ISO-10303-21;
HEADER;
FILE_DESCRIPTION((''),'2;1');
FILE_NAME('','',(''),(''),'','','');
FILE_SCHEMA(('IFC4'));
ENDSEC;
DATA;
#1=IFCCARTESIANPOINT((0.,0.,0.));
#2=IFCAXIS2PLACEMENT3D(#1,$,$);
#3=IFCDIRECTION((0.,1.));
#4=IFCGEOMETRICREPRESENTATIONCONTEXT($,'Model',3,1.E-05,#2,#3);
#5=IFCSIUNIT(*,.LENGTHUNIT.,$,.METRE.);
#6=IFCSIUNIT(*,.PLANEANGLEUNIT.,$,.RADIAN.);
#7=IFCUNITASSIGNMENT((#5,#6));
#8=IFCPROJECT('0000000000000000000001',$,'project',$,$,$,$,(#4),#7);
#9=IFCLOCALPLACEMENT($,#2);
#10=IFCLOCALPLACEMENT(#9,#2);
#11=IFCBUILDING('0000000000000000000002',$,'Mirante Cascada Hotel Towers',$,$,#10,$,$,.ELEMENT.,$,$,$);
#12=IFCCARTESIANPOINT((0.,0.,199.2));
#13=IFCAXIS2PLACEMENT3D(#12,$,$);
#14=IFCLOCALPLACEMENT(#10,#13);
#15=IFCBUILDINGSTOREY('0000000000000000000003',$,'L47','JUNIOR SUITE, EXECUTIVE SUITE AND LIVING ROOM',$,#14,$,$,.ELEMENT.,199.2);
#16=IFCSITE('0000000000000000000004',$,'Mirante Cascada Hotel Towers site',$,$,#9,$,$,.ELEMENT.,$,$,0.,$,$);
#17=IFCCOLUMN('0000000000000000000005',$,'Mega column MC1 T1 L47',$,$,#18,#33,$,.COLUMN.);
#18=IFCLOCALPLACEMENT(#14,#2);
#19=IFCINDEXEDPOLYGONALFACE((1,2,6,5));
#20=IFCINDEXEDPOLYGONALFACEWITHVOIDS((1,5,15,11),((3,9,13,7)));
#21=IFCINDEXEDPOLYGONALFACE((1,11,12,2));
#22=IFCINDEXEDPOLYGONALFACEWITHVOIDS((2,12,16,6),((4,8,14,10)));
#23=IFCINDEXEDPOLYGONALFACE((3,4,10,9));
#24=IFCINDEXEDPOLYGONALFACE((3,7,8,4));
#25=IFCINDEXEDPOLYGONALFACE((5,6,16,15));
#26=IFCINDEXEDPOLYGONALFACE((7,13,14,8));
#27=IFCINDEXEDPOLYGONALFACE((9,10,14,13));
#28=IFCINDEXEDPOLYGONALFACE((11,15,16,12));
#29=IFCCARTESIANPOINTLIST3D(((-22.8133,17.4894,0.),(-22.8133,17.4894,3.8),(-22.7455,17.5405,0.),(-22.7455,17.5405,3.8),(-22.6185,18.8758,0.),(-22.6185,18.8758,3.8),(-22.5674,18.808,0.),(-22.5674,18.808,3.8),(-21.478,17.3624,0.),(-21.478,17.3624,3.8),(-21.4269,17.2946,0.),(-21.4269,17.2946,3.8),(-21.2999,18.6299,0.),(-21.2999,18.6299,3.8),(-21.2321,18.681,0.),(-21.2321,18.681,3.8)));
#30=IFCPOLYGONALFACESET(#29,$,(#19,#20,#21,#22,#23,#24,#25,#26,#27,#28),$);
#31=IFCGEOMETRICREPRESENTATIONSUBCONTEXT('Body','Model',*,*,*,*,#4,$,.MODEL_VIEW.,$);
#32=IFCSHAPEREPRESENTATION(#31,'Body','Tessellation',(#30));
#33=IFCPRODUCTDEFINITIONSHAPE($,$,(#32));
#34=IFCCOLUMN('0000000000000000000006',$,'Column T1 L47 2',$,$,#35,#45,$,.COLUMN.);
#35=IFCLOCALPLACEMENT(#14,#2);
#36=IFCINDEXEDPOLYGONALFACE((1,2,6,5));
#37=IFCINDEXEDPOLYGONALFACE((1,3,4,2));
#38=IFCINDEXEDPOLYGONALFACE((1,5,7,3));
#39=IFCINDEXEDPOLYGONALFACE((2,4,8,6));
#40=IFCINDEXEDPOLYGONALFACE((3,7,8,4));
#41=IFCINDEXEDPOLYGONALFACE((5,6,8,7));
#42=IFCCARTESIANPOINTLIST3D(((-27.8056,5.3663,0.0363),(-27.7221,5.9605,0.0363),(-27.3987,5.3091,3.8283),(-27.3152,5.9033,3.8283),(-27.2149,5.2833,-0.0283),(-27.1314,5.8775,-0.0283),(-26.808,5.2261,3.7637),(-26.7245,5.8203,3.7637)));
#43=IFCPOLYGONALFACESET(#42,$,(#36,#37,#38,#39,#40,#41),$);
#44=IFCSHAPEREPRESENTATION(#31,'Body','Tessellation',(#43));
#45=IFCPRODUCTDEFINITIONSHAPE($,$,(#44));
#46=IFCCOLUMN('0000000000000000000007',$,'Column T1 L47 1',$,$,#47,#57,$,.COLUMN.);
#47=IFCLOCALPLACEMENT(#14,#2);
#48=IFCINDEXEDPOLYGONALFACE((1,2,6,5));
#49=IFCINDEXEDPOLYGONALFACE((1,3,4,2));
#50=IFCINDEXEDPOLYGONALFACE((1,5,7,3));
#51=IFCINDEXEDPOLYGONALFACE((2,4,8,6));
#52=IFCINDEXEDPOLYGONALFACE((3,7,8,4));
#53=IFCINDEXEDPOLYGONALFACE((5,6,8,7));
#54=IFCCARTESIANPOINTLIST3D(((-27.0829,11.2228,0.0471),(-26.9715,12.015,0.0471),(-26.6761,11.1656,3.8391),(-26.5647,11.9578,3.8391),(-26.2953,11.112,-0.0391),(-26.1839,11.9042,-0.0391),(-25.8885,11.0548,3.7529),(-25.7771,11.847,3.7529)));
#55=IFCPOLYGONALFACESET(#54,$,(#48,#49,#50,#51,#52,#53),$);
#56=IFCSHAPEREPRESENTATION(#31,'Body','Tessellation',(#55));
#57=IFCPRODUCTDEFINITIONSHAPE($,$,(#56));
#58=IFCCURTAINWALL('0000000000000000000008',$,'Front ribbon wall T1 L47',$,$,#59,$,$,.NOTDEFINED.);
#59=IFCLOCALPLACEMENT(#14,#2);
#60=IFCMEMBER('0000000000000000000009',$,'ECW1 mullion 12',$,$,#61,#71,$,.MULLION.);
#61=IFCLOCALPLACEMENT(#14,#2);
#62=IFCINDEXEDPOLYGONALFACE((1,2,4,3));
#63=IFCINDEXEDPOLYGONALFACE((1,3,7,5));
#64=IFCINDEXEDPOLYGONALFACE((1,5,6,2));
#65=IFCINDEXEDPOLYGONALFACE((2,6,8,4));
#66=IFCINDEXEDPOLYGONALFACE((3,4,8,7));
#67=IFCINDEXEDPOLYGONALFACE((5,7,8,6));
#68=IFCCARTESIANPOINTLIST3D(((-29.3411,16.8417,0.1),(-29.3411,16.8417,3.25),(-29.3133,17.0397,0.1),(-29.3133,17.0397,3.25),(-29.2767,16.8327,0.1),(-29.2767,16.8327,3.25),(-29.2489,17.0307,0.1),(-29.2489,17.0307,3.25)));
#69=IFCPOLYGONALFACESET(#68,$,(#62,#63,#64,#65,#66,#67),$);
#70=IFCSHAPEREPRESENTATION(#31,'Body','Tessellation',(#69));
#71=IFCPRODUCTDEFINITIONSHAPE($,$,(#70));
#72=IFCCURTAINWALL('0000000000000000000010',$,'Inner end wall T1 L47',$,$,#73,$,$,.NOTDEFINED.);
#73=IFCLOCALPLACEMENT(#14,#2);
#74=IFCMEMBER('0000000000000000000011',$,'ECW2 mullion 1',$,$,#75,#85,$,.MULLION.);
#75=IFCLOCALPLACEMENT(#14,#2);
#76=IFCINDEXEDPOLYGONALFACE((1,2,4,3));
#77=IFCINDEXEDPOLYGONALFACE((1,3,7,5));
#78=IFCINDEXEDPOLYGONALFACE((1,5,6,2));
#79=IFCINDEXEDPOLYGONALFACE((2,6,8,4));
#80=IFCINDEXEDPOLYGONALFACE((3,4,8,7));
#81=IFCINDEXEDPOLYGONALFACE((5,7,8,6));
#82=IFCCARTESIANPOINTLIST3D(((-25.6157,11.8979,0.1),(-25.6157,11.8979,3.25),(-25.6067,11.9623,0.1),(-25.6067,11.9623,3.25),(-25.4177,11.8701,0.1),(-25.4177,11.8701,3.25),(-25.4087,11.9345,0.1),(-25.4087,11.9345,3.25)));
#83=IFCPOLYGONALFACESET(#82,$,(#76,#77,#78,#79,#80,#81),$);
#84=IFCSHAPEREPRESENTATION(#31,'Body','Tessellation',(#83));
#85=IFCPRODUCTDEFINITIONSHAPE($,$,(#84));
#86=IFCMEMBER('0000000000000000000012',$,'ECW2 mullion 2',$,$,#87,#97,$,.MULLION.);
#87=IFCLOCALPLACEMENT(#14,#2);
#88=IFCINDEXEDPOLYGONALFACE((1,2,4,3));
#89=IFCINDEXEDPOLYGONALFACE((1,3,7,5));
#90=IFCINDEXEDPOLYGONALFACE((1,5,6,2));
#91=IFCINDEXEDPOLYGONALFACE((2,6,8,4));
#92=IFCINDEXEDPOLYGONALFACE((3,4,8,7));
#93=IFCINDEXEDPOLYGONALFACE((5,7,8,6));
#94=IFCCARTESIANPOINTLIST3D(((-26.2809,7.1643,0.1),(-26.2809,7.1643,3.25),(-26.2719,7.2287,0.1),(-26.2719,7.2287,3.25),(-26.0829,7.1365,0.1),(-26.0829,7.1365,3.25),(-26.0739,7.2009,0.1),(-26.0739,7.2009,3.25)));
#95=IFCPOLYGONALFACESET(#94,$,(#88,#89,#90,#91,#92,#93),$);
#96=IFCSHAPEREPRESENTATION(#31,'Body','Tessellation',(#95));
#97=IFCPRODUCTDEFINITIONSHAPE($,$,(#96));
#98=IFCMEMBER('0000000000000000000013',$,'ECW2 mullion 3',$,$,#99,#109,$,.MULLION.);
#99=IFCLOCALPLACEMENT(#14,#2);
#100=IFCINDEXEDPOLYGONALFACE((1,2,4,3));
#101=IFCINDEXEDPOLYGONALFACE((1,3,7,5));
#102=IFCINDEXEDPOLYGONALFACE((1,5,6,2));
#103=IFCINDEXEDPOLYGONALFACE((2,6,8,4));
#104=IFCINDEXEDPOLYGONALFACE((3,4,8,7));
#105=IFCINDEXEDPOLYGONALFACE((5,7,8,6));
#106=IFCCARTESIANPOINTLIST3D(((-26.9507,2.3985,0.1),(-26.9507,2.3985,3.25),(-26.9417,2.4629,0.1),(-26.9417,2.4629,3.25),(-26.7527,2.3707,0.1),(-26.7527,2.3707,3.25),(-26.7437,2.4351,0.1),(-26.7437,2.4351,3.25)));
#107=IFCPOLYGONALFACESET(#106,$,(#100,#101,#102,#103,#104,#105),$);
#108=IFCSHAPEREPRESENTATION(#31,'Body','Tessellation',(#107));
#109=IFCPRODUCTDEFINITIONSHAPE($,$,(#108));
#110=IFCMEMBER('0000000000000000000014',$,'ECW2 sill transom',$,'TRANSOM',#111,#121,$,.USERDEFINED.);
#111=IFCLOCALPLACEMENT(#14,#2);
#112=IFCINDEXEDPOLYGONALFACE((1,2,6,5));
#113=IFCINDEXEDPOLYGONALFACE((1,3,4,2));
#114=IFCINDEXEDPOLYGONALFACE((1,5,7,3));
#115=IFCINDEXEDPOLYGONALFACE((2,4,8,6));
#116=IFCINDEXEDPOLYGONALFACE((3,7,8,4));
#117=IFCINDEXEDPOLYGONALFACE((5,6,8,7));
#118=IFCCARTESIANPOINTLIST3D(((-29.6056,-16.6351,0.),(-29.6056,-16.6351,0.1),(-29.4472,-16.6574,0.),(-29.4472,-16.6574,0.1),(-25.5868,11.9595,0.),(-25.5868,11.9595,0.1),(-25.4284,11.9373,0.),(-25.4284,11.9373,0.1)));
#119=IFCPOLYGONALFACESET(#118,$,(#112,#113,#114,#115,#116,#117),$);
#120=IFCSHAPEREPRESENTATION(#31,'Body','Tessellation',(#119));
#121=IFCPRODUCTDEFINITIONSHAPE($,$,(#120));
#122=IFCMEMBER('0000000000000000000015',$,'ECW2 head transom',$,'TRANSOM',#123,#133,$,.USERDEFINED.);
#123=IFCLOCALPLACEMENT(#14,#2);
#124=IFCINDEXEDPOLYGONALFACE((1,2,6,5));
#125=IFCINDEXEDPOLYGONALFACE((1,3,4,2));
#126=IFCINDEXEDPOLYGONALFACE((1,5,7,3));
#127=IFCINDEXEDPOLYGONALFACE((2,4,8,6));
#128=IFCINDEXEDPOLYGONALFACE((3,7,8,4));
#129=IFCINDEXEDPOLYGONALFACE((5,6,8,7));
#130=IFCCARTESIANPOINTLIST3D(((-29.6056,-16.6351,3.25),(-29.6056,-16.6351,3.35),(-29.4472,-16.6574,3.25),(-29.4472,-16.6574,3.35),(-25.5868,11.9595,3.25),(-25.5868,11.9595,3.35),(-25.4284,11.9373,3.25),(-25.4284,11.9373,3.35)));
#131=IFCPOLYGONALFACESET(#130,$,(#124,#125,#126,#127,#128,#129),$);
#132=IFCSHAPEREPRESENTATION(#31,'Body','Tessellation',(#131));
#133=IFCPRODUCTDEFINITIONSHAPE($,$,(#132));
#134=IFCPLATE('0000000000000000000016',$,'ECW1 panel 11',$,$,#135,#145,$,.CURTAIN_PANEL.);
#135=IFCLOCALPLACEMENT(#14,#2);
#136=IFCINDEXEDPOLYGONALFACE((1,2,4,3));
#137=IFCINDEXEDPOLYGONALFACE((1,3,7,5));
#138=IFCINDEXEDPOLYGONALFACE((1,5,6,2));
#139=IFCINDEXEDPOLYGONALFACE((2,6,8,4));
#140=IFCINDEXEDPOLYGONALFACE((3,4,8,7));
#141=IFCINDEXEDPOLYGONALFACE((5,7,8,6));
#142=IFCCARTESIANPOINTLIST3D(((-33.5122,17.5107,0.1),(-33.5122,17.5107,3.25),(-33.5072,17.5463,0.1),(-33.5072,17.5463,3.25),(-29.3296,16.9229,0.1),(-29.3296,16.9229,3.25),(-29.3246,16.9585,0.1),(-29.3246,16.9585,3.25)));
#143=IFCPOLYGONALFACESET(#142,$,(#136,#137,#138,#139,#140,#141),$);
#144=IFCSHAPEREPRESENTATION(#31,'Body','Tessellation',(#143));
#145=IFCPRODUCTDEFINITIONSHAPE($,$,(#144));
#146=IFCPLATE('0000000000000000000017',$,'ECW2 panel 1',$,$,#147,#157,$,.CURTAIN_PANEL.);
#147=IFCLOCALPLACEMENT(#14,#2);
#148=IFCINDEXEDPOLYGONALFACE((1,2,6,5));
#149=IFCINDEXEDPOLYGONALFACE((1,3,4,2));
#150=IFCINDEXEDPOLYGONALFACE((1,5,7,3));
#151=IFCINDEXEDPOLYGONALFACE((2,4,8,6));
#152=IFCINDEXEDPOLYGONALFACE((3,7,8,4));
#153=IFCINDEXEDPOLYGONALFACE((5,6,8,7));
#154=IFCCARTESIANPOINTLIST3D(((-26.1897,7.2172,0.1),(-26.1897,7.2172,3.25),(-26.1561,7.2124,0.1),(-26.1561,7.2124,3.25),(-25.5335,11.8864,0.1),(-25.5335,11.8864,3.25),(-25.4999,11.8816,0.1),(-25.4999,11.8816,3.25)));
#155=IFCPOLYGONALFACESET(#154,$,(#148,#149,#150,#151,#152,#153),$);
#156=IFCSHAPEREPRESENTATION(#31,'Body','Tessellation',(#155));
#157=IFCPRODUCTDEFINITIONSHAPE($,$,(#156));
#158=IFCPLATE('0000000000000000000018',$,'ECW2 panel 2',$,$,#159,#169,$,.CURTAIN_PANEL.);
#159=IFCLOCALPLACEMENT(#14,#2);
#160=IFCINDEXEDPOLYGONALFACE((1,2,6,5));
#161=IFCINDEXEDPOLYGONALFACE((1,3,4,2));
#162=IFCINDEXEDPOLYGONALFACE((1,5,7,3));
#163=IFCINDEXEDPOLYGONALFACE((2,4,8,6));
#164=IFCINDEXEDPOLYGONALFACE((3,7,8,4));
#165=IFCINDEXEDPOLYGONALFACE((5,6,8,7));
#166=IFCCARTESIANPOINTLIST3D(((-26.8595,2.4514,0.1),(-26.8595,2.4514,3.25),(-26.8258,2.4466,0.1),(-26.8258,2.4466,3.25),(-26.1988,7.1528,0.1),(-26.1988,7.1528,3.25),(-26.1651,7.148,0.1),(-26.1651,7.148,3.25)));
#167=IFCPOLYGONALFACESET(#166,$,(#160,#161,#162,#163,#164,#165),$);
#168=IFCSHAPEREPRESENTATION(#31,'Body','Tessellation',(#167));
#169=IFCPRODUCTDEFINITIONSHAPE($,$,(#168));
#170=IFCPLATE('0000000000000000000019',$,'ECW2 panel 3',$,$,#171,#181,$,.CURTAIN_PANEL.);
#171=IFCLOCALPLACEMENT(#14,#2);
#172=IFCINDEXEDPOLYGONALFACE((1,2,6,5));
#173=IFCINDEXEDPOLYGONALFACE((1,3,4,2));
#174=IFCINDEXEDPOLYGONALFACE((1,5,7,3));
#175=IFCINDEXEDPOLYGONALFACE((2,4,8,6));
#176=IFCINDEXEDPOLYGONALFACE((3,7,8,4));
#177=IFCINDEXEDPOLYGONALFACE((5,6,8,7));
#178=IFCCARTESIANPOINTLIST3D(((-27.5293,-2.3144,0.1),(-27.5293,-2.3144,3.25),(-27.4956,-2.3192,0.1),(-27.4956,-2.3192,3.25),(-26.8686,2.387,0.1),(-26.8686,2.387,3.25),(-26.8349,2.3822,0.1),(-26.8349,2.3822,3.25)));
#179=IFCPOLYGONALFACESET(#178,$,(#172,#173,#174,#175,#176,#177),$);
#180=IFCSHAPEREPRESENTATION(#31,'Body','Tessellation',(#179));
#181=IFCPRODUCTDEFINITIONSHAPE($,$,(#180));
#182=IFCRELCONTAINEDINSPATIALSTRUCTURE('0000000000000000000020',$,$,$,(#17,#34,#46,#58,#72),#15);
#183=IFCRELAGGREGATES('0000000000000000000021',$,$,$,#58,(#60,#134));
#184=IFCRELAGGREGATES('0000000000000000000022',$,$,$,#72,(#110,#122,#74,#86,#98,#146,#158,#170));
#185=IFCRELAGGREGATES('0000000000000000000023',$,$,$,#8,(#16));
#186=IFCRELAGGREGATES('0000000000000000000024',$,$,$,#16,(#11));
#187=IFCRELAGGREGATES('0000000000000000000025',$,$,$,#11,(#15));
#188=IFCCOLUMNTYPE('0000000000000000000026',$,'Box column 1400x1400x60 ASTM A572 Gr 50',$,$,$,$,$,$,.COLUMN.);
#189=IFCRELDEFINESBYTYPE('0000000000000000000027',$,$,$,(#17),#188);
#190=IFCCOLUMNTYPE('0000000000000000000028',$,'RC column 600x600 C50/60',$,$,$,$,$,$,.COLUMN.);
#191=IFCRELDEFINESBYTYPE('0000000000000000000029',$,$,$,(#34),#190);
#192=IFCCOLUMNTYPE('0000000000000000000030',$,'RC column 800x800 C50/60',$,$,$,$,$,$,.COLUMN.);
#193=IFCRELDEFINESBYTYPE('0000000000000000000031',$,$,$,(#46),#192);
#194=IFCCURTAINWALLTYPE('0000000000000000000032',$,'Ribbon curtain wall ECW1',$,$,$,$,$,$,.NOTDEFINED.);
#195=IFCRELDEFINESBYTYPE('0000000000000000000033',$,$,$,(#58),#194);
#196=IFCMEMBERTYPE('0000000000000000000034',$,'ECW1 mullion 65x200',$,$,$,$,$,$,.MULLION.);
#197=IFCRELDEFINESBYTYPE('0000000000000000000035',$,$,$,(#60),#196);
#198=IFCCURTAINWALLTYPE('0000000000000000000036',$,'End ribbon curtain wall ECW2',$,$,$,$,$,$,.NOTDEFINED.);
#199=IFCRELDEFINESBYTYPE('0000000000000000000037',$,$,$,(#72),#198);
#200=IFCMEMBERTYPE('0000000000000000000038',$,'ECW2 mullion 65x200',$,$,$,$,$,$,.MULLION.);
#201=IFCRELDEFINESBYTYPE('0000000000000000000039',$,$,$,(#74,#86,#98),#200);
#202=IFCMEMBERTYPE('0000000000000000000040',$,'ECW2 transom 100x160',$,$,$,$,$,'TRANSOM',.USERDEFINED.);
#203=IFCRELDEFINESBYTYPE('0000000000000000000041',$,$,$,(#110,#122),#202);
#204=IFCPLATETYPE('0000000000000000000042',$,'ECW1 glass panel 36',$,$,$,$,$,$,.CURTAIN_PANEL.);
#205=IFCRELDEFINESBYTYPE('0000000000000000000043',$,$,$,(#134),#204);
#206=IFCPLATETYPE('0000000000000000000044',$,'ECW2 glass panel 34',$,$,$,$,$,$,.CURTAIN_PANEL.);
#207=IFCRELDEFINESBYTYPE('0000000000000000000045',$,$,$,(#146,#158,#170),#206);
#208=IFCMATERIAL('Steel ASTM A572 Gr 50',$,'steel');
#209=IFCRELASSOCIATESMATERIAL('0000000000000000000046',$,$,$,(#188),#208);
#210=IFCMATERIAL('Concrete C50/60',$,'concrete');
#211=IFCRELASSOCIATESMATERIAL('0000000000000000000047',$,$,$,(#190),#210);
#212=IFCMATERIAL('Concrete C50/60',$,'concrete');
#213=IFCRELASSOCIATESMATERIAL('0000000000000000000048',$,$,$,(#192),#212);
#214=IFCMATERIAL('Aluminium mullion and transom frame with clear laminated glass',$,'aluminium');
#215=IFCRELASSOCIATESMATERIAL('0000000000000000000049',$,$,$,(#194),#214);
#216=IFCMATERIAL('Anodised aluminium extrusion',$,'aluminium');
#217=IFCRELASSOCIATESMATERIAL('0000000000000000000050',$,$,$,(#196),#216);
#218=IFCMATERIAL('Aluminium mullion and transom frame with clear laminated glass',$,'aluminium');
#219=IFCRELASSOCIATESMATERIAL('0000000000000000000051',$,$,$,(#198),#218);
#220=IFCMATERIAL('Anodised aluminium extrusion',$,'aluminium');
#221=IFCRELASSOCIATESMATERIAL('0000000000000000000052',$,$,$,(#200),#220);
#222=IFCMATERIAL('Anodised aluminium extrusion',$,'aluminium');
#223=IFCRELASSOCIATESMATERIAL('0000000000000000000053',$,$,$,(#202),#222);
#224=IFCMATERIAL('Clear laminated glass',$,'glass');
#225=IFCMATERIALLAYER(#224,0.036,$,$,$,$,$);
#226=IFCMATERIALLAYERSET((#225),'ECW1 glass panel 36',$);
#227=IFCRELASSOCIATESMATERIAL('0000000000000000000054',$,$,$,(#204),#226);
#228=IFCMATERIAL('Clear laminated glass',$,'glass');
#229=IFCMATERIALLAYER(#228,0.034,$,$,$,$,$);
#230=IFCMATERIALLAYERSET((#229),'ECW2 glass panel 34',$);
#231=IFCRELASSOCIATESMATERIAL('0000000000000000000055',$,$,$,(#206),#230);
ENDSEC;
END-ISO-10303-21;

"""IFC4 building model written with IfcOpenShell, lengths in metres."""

from ifc_helpers import new_model, si_unit, direction, frame, origin, origin_2d, place, context, subcontext, project, spatial, rectangle, hollow_rectangle, extrude, material, layer, layer_set, material_profile, profile_set, type_object, element, aggregate, save


model = new_model("IFC4")

# Units and contexts
model_context = context("Model", 3, precision=1e-05, world=origin(), true_north=direction((0.0, 1.0)))
body_context = subcontext(model_context, "Body", "Model", "MODEL_VIEW")
ifc_project = project(units=[si_unit("LENGTHUNIT", "METRE"), si_unit("PLANEANGLEUNIT", "RADIAN")], contexts=[model_context])

# Site, building, storey
site_placement = place(None, origin())
site = spatial("IfcSite", under=ifc_project, at=site_placement, Name="Mirante Cascada Hotel Towers site", CompositionType="ELEMENT", RefElevation=0.0)
building_placement = place(site_placement, origin())
building = spatial("IfcBuilding", under=site, at=building_placement, Name="Mirante Cascada Hotel Towers", CompositionType="ELEMENT")
storey_placement = place(building_placement, frame((0.0, 0.0, 199.2)))
storey = spatial("IfcBuildingStorey", under=building, at=storey_placement, Name="L47", Description="JUNIOR SUITE, EXECUTIVE SUITE AND LIVING ROOM", CompositionType="ELEMENT", Elevation=199.2)

# Columns
ifc_material_1 = material(Name="Steel ASTM A572 Gr 50", Category="steel")
ifc_material_profile_1 = material_profile(ifc_material_1, hollow_rectangle(XDim=1.4, YDim=1.4, WallThickness=0.06, at=origin_2d()), Name="Box column 1400x1400x60 ASTM A572 Gr 50")
ifc_profile_set_1 = profile_set([ifc_material_profile_1], Name="Steel ASTM A572 Gr 50")
column_type_1 = type_object("IfcColumnType", Name="Box column 1400x1400x60 ASTM A572 Gr 50", PredefinedType="COLUMN", material=ifc_profile_set_1)
column_1_placement = place(storey_placement, frame((-22.0227, 18.0852, 0.0), z_axis=(0.0, 0.0, 1.0), x_axis=(-0.990268, 0.139173, 0.0)))
element("IfcColumn", 1, at=column_1_placement, inside=storey, type_object=column_type_1, Name="Mega column MC1 T1 L47", PredefinedType="COLUMN", context=body_context, shape_type="SweptSolid", body=[
    extrude(hollow_rectangle(XDim=1.4, YDim=1.4, WallThickness=0.06, at=origin_2d()), origin(), (0.0, 0.0, 1.0), 3.8),
])
ifc_material_2 = material(Name="Concrete C50/60", Category="concrete")
ifc_material_profile_2 = material_profile(ifc_material_2, rectangle(XDim=0.6, YDim=0.6, at=origin_2d()), Name="RC column 600x600 C50/60")
ifc_profile_set_2 = profile_set([ifc_material_profile_2], Name="Concrete C50/60")
column_type_2 = type_object("IfcColumnType", Name="RC column 600x600 C50/60", PredefinedType="COLUMN", material=ifc_profile_set_2)
column_2_placement = place(storey_placement, frame((-27.4685, 5.6219, 0.004), z_axis=(0.10668, -0.014997, 0.99418), x_axis=(0.139206, 0.990263, 0.0)))
element("IfcColumn", 2, at=column_2_placement, inside=storey, type_object=column_type_2, Name="Column T1 L47 2", PredefinedType="COLUMN", context=body_context, shape_type="SweptSolid", body=[
    extrude(rectangle(XDim=0.6, YDim=0.6, at=origin_2d()), origin(), (0.0, 0.0, 1.0), 3.8142),
])
ifc_material_3 = material(Name="Concrete C50/60", Category="concrete")
ifc_material_profile_3 = material_profile(ifc_material_3, rectangle(XDim=0.8, YDim=0.8, at=origin_2d()), Name="RC column 800x800 C50/60")
ifc_profile_set_3 = profile_set([ifc_material_profile_3], Name="Concrete C50/60")
column_type_3 = type_object("IfcColumnType", Name="RC column 800x800 C50/60", PredefinedType="COLUMN", material=ifc_profile_set_3)
column_3_placement = place(storey_placement, frame((-26.6334, 11.5635, 0.004), z_axis=(0.106654, -0.014997, 0.994183), x_axis=(0.13924, 0.990259, 0.0)))
element("IfcColumn", 3, at=column_3_placement, inside=storey, type_object=column_type_3, Name="Column T1 L47 1", PredefinedType="COLUMN", context=body_context, shape_type="SweptSolid", body=[
    extrude(rectangle(XDim=0.8, YDim=0.8, at=origin_2d()), origin(), (0.0, 0.0, 1.0), 3.8142),
])

# Curtain wall, member
ifc_material_4 = material(Name="Aluminium mullion and transom frame with clear laminated glass", Category="aluminium")
curtain_wall_type_1 = type_object("IfcCurtainWallType", Name="Ribbon curtain wall ECW1", PredefinedType="NOTDEFINED", material=ifc_material_4)
curtain_wall_1_placement = place(storey_placement, origin())
curtain_wall_1 = element("IfcCurtainWall", 4, at=curtain_wall_1_placement, inside=storey, type_object=curtain_wall_type_1, Name="Front ribbon wall T1 L47", PredefinedType="NOTDEFINED")
ifc_material_5 = material(Name="Anodised aluminium extrusion", Category="aluminium")
ifc_material_profile_4 = material_profile(ifc_material_5, rectangle(XDim=0.2, YDim=0.065, at=origin_2d()), Name="ECW1 MULLION 65x200")
ifc_profile_set_4 = profile_set([ifc_material_profile_4], Name="Anodised aluminium extrusion")
member_type_1 = type_object("IfcMemberType", Name="ECW1 mullion 65x200", PredefinedType="MULLION", material=ifc_profile_set_4)
member_1_placement = place(storey_placement, frame((-29.295, 16.9362, 0.1), z_axis=(0.0, 0.0, 1.0), x_axis=(0.139173, 0.990268, 0.0)))
member_1 = element("IfcMember", 5, at=member_1_placement, type_object=member_type_1, Name="ECW1 mullion 12", PredefinedType="MULLION", context=body_context, shape_type="SweptSolid", body=[
    extrude(rectangle(XDim=0.2, YDim=0.065, at=origin_2d()), origin(), (0.0, 0.0, 1.0), 3.15),
])

# Curtain wall, members
ifc_material_6 = material(Name="Aluminium mullion and transom frame with clear laminated glass", Category="aluminium")
curtain_wall_type_2 = type_object("IfcCurtainWallType", Name="End ribbon curtain wall ECW2", PredefinedType="NOTDEFINED", material=ifc_material_6)
curtain_wall_2_placement = place(storey_placement, origin())
curtain_wall_2 = element("IfcCurtainWall", 6, at=curtain_wall_2_placement, inside=storey, type_object=curtain_wall_type_2, Name="Inner end wall T1 L47", PredefinedType="NOTDEFINED")
ifc_material_7 = material(Name="Anodised aluminium extrusion", Category="aluminium")
ifc_material_profile_5 = material_profile(ifc_material_7, rectangle(XDim=0.2, YDim=0.065, at=origin_2d()), Name="ECW2 MULLION 65x200")
ifc_profile_set_5 = profile_set([ifc_material_profile_5], Name="Anodised aluminium extrusion")
member_type_2 = type_object("IfcMemberType", Name="ECW2 mullion 65x200", PredefinedType="MULLION", material=ifc_profile_set_5)
member_2_placement = place(storey_placement, frame((-25.5122, 11.9162, 0.1), z_axis=(0.0, 0.0, 1.0), x_axis=(0.990268, -0.139173, 0.0)))
member_2 = element("IfcMember", 7, at=member_2_placement, type_object=member_type_2, Name="ECW2 mullion 1", PredefinedType="MULLION", context=body_context, shape_type="SweptSolid", body=[
    extrude(rectangle(XDim=0.2, YDim=0.065, at=origin_2d()), origin(), (0.0, 0.0, 1.0), 3.15),
])
member_3_placement = place(storey_placement, frame((-26.1774, 7.1826, 0.1), z_axis=(0.0, 0.0, 1.0), x_axis=(0.990268, -0.139173, 0.0)))
member_3 = element("IfcMember", 8, at=member_3_placement, type_object=member_type_2, Name="ECW2 mullion 2", PredefinedType="MULLION", context=body_context, shape_type="SweptSolid", body=[
    extrude(rectangle(XDim=0.2, YDim=0.065, at=origin_2d()), origin(), (0.0, 0.0, 1.0), 3.15),
])
member_4_placement = place(storey_placement, frame((-26.8472, 2.4168, 0.1), z_axis=(0.0, 0.0, 1.0), x_axis=(0.990268, -0.139173, 0.0)))
member_4 = element("IfcMember", 9, at=member_4_placement, type_object=member_type_2, Name="ECW2 mullion 3", PredefinedType="MULLION", context=body_context, shape_type="SweptSolid", body=[
    extrude(rectangle(XDim=0.2, YDim=0.065, at=origin_2d()), origin(), (0.0, 0.0, 1.0), 3.15),
])
ifc_material_8 = material(Name="Anodised aluminium extrusion", Category="aluminium")
ifc_material_profile_6 = material_profile(ifc_material_8, rectangle(XDim=0.16, YDim=0.1, at=origin_2d()), Name="ECW2 TRANSOM 100x160")
ifc_profile_set_6 = profile_set([ifc_material_profile_6], Name="Anodised aluminium extrusion")
member_type_3 = type_object("IfcMemberType", Name="ECW2 transom 100x160", ElementType="TRANSOM", PredefinedType="USERDEFINED", material=ifc_profile_set_6)
member_5_placement = place(storey_placement, frame((-25.5076, 11.9484, 0.05), z_axis=(-0.139176, -0.990268, 0.0), x_axis=(0.990268, -0.139176, 0.0)))
member_5 = element("IfcMember", 10, at=member_5_placement, type_object=member_type_3, Name="ECW2 sill transom", ObjectType="TRANSOM", PredefinedType="USERDEFINED", context=body_context, shape_type="SweptSolid", body=[
    extrude(rectangle(XDim=0.16, YDim=0.1, at=origin_2d()), origin(), (0.0, 0.0, 1.0), 28.8757),
])
member_6_placement = place(storey_placement, frame((-25.5076, 11.9484, 3.3), z_axis=(-0.139176, -0.990268, 0.0), x_axis=(0.990268, -0.139176, 0.0)))
member_6 = element("IfcMember", 11, at=member_6_placement, type_object=member_type_3, Name="ECW2 head transom", ObjectType="TRANSOM", PredefinedType="USERDEFINED", context=body_context, shape_type="SweptSolid", body=[
    extrude(rectangle(XDim=0.16, YDim=0.1, at=origin_2d()), origin(), (0.0, 0.0, 1.0), 28.8757),
])

# Plates
ifc_material_9 = material(Name="Clear laminated glass", Category="glass")
ifc_layer_1 = layer(ifc_material_9, 0.036)
ifc_layer_set_1 = layer_set([ifc_layer_1], Name="ECW1 glass panel 36")
plate_type_1 = type_object("IfcPlateType", Name="ECW1 glass panel 36", PredefinedType="CURTAIN_PANEL", material=ifc_layer_set_1)
plate_1_placement = place(storey_placement, frame((-31.4184, 17.2346, 0.1), z_axis=(0.0, 0.0, 1.0), x_axis=(0.990268, -0.139173, 0.0)))
plate_1 = element("IfcPlate", 12, at=plate_1_placement, type_object=plate_type_1, Name="ECW1 panel 11", PredefinedType="CURTAIN_PANEL", context=body_context, shape_type="SweptSolid", body=[
    extrude(rectangle(XDim=4.2237, YDim=0.036, at=origin_2d()), origin(), (0.0, 0.0, 1.0), 3.15),
])
aggregate(curtain_wall_1, [member_1, plate_1])
ifc_material_10 = material(Name="Clear laminated glass", Category="glass")
ifc_layer_2 = layer(ifc_material_10, 0.034)
ifc_layer_set_2 = layer_set([ifc_layer_2], Name="ECW2 glass panel 34")
plate_type_2 = type_object("IfcPlateType", Name="ECW2 glass panel 34", PredefinedType="CURTAIN_PANEL", material=ifc_layer_set_2)
plate_2_placement = place(storey_placement, frame((-25.8448, 9.5494, 0.1), z_axis=(0.0, 0.0, 1.0), x_axis=(-0.139173, -0.990268, 0.0)))
plate_2 = element("IfcPlate", 13, at=plate_2_placement, type_object=plate_type_2, Name="ECW2 panel 1", PredefinedType="CURTAIN_PANEL", context=body_context, shape_type="SweptSolid", body=[
    extrude(rectangle(XDim=4.7151, YDim=0.034, at=origin_2d()), origin(), (0.0, 0.0, 1.0), 3.15),
])
plate_3_placement = place(storey_placement, frame((-26.5123, 4.7997, 0.1), z_axis=(0.0, 0.0, 1.0), x_axis=(-0.139173, -0.990268, 0.0)))
plate_3 = element("IfcPlate", 14, at=plate_3_placement, type_object=plate_type_2, Name="ECW2 panel 2", PredefinedType="CURTAIN_PANEL", context=body_context, shape_type="SweptSolid", body=[
    extrude(rectangle(XDim=4.7476, YDim=0.034, at=origin_2d()), origin(), (0.0, 0.0, 1.0), 3.15),
])
plate_4_placement = place(storey_placement, frame((-27.1821, 0.0339, 0.1), z_axis=(0.0, 0.0, 1.0), x_axis=(-0.139173, -0.990268, 0.0)))
plate_4 = element("IfcPlate", 15, at=plate_4_placement, type_object=plate_type_2, Name="ECW2 panel 3", PredefinedType="CURTAIN_PANEL", context=body_context, shape_type="SweptSolid", body=[
    extrude(rectangle(XDim=4.7476, YDim=0.034, at=origin_2d()), origin(), (0.0, 0.0, 1.0), 3.15),
])
aggregate(curtain_wall_2, [member_5, member_6, member_2, member_3, member_4, plate_2, plate_3, plate_4])

save(model, "model.ifc")
